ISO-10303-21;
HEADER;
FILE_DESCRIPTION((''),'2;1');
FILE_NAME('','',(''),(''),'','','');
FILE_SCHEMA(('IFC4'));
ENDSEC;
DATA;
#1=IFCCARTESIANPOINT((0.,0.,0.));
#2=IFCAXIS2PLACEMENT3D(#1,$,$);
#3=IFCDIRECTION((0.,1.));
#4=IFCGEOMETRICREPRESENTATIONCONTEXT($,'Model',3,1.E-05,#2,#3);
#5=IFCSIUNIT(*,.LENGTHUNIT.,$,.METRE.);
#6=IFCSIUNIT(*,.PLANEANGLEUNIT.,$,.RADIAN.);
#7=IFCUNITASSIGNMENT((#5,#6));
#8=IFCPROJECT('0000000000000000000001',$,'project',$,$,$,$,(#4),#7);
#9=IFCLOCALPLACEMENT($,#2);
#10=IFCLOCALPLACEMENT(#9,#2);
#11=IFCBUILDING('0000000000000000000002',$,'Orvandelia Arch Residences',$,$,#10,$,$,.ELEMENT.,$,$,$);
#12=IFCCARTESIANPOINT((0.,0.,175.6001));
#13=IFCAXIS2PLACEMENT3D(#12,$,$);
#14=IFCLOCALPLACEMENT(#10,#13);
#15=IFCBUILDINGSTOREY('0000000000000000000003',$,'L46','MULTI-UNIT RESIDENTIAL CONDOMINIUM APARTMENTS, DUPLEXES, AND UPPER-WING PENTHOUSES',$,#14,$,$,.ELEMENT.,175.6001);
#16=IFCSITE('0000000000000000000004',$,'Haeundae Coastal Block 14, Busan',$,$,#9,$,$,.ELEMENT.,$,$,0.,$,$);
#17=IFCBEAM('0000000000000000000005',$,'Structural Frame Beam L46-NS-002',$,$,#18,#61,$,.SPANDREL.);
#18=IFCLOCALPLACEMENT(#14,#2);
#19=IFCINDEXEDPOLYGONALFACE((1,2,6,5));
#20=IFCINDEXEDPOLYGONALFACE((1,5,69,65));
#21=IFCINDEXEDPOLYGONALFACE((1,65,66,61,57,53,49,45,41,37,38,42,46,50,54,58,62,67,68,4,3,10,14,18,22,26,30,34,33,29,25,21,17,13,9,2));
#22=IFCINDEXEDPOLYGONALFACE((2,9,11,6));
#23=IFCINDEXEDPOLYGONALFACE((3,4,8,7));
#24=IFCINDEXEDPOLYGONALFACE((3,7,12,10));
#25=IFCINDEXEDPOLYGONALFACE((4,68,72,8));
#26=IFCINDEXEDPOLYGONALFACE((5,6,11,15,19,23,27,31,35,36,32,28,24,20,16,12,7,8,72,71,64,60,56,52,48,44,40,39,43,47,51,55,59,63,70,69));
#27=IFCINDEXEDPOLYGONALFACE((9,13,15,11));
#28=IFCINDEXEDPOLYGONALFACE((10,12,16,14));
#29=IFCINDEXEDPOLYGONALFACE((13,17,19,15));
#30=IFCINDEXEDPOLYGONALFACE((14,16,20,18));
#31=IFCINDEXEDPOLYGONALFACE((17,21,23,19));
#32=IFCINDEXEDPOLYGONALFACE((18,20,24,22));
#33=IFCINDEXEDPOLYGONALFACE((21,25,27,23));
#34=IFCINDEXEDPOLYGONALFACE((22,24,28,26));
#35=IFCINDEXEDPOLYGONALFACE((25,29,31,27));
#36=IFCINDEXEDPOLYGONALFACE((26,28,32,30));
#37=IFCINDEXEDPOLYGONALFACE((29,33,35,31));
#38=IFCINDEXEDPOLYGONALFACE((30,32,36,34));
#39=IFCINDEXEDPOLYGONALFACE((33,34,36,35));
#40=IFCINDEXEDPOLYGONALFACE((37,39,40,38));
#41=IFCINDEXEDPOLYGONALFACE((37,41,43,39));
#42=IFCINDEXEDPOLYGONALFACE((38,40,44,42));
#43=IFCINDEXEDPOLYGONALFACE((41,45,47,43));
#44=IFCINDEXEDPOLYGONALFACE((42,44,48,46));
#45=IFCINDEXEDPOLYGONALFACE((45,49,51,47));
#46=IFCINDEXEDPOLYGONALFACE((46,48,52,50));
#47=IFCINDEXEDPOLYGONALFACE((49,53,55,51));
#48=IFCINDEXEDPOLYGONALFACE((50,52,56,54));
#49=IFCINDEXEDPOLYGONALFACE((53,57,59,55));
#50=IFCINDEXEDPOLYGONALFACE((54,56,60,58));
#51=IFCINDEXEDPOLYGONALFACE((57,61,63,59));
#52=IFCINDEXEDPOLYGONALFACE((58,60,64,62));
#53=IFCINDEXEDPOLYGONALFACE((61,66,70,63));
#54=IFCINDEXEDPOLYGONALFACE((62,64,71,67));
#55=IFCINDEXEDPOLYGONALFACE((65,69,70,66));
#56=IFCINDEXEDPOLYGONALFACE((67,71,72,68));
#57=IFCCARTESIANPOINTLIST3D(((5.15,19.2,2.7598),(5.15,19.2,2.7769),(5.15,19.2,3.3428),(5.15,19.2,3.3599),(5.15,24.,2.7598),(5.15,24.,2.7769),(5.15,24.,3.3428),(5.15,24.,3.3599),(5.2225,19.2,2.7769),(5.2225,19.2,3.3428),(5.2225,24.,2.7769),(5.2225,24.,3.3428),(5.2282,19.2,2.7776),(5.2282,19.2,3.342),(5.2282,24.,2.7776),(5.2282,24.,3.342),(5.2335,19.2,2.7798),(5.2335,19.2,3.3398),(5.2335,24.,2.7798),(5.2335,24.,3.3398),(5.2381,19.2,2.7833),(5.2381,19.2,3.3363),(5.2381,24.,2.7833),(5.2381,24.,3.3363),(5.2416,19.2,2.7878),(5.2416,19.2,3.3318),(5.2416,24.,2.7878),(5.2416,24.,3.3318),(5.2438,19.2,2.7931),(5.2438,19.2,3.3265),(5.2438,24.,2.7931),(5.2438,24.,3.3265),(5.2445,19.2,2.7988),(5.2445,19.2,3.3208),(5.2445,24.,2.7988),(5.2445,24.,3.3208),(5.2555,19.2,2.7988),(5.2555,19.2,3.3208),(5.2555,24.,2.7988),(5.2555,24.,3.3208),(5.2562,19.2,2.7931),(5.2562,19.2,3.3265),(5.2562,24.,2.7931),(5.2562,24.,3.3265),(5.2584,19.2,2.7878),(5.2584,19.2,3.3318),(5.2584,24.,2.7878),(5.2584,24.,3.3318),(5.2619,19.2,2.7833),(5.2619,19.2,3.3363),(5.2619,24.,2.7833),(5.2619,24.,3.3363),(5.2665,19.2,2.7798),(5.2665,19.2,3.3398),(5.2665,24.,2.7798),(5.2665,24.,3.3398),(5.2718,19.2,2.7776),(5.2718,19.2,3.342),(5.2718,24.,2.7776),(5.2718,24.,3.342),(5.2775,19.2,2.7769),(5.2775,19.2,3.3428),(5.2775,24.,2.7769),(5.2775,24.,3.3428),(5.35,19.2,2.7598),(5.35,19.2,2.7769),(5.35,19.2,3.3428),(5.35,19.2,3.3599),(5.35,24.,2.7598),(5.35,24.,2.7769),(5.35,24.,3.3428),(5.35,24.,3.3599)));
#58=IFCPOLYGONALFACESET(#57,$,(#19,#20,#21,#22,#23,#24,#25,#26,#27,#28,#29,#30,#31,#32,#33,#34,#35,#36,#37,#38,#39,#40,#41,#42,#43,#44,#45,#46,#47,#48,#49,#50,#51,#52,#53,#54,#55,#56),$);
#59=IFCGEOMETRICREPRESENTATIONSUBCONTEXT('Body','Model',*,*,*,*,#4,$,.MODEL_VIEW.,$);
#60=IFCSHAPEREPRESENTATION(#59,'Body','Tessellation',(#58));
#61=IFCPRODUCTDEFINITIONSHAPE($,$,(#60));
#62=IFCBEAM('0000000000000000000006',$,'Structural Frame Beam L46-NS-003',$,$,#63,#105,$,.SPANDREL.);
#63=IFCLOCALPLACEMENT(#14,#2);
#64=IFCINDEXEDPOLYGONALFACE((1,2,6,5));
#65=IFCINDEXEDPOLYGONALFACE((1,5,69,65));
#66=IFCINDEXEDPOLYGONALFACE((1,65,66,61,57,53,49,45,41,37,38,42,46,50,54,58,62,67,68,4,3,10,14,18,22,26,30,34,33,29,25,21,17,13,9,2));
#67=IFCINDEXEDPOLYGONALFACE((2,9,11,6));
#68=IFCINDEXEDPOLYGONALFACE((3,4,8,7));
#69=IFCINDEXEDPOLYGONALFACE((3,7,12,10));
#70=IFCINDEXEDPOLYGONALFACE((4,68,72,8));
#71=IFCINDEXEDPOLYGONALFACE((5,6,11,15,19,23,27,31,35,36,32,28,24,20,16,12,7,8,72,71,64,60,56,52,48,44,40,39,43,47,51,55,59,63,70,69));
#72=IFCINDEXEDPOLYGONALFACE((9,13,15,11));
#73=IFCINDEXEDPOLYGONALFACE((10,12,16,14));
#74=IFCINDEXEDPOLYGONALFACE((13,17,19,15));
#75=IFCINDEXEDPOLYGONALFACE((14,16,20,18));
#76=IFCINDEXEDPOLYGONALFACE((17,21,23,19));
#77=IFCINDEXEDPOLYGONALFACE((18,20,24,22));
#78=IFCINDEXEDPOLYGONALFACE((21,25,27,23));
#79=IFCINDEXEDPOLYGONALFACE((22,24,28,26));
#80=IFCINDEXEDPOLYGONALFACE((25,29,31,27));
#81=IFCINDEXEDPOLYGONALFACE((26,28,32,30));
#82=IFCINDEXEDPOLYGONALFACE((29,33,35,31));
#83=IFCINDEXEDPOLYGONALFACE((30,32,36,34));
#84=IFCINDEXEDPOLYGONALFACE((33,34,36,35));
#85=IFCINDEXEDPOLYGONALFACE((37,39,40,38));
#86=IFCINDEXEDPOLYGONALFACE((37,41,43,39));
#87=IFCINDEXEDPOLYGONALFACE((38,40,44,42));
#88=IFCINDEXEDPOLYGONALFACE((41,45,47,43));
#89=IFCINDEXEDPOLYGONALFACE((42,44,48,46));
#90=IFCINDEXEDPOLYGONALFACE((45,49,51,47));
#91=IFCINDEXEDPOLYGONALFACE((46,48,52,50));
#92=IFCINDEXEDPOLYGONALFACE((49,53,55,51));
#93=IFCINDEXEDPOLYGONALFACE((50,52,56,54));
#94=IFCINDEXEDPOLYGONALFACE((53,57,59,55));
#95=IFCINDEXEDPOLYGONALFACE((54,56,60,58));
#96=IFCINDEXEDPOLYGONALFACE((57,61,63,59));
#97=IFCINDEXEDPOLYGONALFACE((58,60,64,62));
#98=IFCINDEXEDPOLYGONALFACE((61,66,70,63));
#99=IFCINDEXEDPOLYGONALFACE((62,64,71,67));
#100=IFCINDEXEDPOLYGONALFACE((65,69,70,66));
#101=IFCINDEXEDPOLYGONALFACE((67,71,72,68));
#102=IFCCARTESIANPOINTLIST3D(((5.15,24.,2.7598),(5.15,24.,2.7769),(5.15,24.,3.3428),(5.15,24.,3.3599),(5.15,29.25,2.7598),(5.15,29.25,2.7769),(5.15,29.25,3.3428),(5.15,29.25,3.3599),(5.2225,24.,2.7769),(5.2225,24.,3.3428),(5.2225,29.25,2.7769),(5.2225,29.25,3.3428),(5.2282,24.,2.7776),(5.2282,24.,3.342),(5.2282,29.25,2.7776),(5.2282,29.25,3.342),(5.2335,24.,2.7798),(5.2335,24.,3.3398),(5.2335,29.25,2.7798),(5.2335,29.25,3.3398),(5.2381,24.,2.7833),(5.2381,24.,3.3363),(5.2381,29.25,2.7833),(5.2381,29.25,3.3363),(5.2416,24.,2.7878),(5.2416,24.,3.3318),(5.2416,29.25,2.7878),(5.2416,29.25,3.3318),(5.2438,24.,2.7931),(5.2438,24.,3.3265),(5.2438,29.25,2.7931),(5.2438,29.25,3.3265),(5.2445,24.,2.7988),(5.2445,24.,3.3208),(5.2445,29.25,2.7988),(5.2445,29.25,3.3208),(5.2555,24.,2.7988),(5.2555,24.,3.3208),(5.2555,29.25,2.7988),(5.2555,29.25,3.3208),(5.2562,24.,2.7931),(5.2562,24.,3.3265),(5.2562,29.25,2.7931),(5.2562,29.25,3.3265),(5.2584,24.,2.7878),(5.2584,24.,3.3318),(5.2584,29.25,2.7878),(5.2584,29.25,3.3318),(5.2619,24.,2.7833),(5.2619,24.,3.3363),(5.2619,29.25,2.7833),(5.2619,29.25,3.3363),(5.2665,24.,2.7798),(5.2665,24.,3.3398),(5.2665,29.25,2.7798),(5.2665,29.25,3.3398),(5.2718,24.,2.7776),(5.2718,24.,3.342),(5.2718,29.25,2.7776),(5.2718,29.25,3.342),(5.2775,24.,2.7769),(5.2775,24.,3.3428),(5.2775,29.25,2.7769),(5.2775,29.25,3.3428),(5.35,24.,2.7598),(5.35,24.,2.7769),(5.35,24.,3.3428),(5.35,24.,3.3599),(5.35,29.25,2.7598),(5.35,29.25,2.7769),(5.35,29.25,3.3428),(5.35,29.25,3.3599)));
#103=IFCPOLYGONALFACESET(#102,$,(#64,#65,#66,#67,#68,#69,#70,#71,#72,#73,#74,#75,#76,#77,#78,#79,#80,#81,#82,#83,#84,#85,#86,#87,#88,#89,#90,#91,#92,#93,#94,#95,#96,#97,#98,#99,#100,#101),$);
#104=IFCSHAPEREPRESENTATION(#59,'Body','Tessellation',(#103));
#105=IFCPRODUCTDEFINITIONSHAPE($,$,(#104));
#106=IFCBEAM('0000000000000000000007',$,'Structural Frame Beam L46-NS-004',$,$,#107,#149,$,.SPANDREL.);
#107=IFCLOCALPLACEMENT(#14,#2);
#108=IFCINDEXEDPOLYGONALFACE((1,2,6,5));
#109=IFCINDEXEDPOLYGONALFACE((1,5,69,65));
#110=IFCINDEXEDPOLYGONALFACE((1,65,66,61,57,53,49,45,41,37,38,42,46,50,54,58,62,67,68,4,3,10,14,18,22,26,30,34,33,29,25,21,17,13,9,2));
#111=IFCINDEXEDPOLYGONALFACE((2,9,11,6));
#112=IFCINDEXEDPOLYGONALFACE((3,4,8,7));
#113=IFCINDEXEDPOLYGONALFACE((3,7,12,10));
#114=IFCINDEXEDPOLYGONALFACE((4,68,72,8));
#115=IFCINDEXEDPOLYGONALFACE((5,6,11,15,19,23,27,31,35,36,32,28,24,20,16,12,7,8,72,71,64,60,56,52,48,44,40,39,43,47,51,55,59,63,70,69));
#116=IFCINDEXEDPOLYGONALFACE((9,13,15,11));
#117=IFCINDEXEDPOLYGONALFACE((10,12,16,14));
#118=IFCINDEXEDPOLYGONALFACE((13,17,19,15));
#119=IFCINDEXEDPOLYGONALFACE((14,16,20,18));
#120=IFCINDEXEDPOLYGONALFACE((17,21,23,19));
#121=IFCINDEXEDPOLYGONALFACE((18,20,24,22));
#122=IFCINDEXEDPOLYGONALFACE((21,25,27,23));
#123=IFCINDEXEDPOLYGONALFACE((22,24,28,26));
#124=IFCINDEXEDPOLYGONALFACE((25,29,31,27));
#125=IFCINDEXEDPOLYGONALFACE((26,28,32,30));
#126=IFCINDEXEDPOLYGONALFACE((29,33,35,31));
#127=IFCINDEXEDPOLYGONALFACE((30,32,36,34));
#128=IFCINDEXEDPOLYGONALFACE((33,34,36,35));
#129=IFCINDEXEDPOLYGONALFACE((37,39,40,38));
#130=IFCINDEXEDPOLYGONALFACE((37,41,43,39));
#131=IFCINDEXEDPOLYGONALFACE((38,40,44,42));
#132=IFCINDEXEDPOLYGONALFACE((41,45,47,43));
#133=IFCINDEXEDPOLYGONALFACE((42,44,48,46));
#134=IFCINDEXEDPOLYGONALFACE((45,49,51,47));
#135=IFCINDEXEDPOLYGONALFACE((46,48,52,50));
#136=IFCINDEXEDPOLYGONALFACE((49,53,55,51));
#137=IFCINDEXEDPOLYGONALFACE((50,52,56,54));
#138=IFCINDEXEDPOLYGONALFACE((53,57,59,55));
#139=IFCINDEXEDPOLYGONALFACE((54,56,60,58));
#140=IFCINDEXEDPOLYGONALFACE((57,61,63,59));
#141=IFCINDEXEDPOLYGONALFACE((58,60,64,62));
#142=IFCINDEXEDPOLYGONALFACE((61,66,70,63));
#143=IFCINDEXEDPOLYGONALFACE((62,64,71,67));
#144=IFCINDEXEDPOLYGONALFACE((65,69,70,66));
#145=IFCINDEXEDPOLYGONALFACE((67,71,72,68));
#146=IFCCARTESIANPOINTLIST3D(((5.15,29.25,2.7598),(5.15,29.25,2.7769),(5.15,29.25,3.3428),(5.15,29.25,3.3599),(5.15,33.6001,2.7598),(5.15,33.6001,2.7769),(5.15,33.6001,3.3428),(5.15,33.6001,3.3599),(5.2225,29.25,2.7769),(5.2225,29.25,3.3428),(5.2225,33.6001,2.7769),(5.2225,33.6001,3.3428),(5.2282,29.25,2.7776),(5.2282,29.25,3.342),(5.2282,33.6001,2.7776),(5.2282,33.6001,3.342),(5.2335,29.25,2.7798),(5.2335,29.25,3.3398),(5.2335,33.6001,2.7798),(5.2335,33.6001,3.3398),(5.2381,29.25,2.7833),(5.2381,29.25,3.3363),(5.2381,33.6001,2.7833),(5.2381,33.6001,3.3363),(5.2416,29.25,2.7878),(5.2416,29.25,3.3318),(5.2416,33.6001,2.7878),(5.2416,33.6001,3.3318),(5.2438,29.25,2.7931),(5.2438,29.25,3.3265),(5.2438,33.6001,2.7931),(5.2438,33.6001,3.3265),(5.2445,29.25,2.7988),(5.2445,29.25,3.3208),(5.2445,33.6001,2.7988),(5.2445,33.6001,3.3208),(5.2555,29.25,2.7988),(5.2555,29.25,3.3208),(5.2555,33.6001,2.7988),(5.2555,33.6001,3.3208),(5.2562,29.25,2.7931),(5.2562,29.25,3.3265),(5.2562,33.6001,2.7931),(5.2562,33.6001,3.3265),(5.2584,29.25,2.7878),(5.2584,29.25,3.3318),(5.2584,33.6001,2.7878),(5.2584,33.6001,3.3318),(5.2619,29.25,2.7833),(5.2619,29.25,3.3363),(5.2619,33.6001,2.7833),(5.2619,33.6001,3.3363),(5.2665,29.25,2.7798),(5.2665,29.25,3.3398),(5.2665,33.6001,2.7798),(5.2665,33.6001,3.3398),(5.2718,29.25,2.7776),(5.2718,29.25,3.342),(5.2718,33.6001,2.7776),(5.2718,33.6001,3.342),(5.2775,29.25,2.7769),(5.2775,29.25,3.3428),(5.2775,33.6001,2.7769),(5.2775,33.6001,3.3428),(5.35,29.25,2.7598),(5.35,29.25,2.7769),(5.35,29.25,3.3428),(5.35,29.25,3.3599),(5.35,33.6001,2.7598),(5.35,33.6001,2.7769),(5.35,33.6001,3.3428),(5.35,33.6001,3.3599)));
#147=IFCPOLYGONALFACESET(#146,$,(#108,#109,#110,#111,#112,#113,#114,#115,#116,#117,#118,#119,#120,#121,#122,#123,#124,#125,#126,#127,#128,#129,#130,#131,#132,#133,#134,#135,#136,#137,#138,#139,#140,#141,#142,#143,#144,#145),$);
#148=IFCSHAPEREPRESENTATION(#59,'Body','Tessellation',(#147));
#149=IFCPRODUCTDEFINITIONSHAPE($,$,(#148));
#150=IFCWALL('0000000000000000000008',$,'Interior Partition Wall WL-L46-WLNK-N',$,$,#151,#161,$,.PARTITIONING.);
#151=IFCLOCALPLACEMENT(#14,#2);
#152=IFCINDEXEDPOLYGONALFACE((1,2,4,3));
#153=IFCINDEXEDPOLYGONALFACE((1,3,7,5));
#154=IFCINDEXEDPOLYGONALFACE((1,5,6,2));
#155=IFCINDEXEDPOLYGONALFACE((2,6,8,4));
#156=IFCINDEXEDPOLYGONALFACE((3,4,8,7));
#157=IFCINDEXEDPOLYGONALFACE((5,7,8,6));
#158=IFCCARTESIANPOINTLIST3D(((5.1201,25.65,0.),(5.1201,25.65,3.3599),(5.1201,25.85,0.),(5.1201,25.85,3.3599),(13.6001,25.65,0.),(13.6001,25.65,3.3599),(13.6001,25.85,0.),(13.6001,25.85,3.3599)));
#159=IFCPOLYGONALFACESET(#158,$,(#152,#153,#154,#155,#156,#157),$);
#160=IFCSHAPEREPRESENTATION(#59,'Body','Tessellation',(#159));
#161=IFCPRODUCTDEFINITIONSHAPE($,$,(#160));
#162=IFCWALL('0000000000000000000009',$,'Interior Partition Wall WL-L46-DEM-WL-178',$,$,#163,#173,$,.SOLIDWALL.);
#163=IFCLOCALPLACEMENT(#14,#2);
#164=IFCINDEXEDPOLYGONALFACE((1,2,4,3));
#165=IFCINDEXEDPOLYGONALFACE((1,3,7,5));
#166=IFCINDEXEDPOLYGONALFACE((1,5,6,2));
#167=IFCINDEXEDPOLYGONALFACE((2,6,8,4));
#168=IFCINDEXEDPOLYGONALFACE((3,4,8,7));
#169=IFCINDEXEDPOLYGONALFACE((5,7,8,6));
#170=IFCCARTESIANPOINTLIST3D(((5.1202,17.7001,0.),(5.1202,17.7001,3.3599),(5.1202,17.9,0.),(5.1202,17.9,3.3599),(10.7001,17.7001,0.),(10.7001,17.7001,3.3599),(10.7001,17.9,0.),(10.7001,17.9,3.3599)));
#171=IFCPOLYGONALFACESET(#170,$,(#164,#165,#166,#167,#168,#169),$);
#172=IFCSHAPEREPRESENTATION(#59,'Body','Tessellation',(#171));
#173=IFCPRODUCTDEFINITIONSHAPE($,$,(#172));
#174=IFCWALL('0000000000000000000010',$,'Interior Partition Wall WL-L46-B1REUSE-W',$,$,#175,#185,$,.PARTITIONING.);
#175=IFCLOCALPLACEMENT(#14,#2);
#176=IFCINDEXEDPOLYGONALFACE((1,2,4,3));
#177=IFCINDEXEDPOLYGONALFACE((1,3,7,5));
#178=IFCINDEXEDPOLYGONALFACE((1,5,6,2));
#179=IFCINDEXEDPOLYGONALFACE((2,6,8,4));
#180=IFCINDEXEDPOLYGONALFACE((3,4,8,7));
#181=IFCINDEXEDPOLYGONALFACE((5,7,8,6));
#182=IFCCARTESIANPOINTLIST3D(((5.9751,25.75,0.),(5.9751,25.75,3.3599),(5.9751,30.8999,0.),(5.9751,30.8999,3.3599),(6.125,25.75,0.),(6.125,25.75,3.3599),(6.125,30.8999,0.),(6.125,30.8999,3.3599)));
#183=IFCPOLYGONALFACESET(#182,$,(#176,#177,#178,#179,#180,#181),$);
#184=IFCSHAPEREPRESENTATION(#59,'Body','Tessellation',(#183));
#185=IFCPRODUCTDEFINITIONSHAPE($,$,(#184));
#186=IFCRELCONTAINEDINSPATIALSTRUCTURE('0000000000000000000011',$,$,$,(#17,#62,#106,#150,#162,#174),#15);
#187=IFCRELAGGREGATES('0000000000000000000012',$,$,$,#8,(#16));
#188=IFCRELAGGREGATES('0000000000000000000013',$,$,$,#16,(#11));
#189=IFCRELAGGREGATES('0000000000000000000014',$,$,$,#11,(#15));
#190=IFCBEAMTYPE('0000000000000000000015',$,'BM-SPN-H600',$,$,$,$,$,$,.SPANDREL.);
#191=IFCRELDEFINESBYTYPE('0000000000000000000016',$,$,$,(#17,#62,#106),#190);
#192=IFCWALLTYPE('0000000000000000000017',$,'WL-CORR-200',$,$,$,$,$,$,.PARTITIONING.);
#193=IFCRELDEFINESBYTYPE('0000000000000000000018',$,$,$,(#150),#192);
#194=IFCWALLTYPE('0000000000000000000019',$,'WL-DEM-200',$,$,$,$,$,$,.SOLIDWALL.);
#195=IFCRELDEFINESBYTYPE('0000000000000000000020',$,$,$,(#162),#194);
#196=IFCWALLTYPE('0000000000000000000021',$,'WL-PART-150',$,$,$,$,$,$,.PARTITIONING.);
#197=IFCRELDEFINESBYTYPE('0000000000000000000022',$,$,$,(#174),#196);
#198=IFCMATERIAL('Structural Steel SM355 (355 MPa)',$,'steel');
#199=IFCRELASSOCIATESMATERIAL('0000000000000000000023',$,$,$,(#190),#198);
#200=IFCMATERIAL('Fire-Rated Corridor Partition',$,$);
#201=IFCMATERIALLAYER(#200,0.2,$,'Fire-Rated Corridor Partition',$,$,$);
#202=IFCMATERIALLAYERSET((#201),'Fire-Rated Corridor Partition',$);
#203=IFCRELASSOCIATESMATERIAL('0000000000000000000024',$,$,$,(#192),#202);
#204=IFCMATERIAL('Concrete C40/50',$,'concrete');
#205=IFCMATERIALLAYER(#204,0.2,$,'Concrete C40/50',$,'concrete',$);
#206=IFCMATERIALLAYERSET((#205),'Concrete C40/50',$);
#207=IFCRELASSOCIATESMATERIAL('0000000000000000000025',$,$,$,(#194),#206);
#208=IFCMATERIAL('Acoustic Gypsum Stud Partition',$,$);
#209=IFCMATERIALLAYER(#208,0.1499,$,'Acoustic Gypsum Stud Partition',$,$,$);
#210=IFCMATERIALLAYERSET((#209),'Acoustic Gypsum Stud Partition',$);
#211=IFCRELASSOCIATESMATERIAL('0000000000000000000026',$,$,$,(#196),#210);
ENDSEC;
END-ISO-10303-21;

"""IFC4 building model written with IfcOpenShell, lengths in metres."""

from ifc_helpers import new_model, si_unit, direction, frame, frame_2d, origin, origin_2d, place, context, subcontext, project, spatial, rectangle, i_section, extrude, material, layer, layer_set, material_profile, profile_set, type_object, element, save


model = new_model("IFC4")

# Units and contexts
model_context = context("Model", 3, precision=1e-05, world=origin(), true_north=direction((0.0, 1.0)))
body_context = subcontext(model_context, "Body", "Model", "MODEL_VIEW")
ifc_project = project(units=[si_unit("LENGTHUNIT", "METRE"), si_unit("PLANEANGLEUNIT", "RADIAN")], contexts=[model_context])

# Site, building, storey
site_placement = place(None, origin())
site = spatial("IfcSite", under=ifc_project, at=site_placement, Name="Haeundae Coastal Block 14, Busan", CompositionType="ELEMENT", RefElevation=0.0)
building_placement = place(site_placement, origin())
building = spatial("IfcBuilding", under=site, at=building_placement, Name="Orvandelia Arch Residences", CompositionType="ELEMENT")
storey_placement = place(building_placement, frame((0.0, 0.0, 175.6001)))
storey = spatial("IfcBuildingStorey", under=building, at=storey_placement, Name="L46", Description="MULTI-UNIT RESIDENTIAL CONDOMINIUM APARTMENTS, DUPLEXES, AND UPPER-WING PENTHOUSES", CompositionType="ELEMENT", Elevation=175.6001)

# Beams
ifc_material_1 = material(Name="Structural Steel SM355 (355 MPa)", Category="steel")
ifc_material_profile_1 = material_profile(ifc_material_1, i_section(OverallWidth=0.2, OverallDepth=0.6001, WebThickness=0.011, FlangeThickness=0.0171, FilletRadius=0.022, at=origin_2d()), Name="Structural Steel SM355 (355 MPa)", Category="steel")
ifc_profile_set_1 = profile_set([ifc_material_profile_1], Name="Structural Steel SM355 (355 MPa)")
beam_type_1 = type_object("IfcBeamType", Name="BM-SPN-H600", PredefinedType="SPANDREL", material=ifc_profile_set_1)
beam_1_placement = place(storey_placement, frame((5.25, 19.2, 3.0598), z_axis=(0.0, 1.0, 0.0), x_axis=(-1.0, 0.0, 0.0)))
element("IfcBeam", 1, at=beam_1_placement, inside=storey, type_object=beam_type_1, Name="Structural Frame Beam L46-NS-002", PredefinedType="SPANDREL", context=body_context, shape_type="SweptSolid", body=[
    extrude(i_section(OverallWidth=0.2, OverallDepth=0.6001, WebThickness=0.011, FlangeThickness=0.0171, FilletRadius=0.022, at=origin_2d()), origin(), (0.0, 0.0, 1.0), 4.8),
])
beam_2_placement = place(storey_placement, frame((5.25, 24.0, 3.0598), z_axis=(0.0, 1.0, 0.0), x_axis=(-1.0, 0.0, 0.0)))
element("IfcBeam", 2, at=beam_2_placement, inside=storey, type_object=beam_type_1, Name="Structural Frame Beam L46-NS-003", PredefinedType="SPANDREL", context=body_context, shape_type="SweptSolid", body=[
    extrude(i_section(OverallWidth=0.2, OverallDepth=0.6001, WebThickness=0.011, FlangeThickness=0.0171, FilletRadius=0.022, at=origin_2d()), origin(), (0.0, 0.0, 1.0), 5.25),
])
beam_3_placement = place(storey_placement, frame((5.25, 29.25, 3.0598), z_axis=(0.0, 1.0, 0.0), x_axis=(-1.0, 0.0, 0.0)))
element("IfcBeam", 3, at=beam_3_placement, inside=storey, type_object=beam_type_1, Name="Structural Frame Beam L46-NS-004", PredefinedType="SPANDREL", context=body_context, shape_type="SweptSolid", body=[
    extrude(i_section(OverallWidth=0.2, OverallDepth=0.6001, WebThickness=0.011, FlangeThickness=0.0171, FilletRadius=0.022, at=origin_2d()), origin(), (0.0, 0.0, 1.0), 4.3501),
])

# Walls
ifc_material_2 = material(Name="Fire-Rated Corridor Partition")
ifc_layer_1 = layer(ifc_material_2, 0.2, Name="Fire-Rated Corridor Partition")
ifc_layer_set_1 = layer_set([ifc_layer_1], Name="Fire-Rated Corridor Partition")
wall_type_1 = type_object("IfcWallType", Name="WL-CORR-200", PredefinedType="PARTITIONING", material=ifc_layer_set_1)
wall_1_placement = place(storey_placement, frame((5.1201, 25.75, 0.0), z_axis=(0.0, 0.0, 1.0), x_axis=(1.0, 0.0, 0.0)))
element("IfcWall", 4, at=wall_1_placement, inside=storey, type_object=wall_type_1, Name="Interior Partition Wall WL-L46-WLNK-N", PredefinedType="PARTITIONING", context=body_context, shape_type="SweptSolid", body=[
    extrude(rectangle(XDim=8.48, YDim=0.2, at=frame_2d((4.24, 0.0))), origin(), (0.0, 0.0, 1.0), 3.3599),
])
ifc_material_3 = material(Name="Concrete C40/50", Category="concrete")
ifc_layer_2 = layer(ifc_material_3, 0.2, Name="Concrete C40/50", Category="concrete")
ifc_layer_set_2 = layer_set([ifc_layer_2], Name="Concrete C40/50")
wall_type_2 = type_object("IfcWallType", Name="WL-DEM-200", PredefinedType="SOLIDWALL", material=ifc_layer_set_2)
wall_2_placement = place(storey_placement, frame((5.1201, 17.8, 0.0), z_axis=(0.0, 0.0, 1.0), x_axis=(1.0, 0.0, 0.0)))
element("IfcWall", 5, at=wall_2_placement, inside=storey, type_object=wall_type_2, Name="Interior Partition Wall WL-L46-DEM-WL-178", PredefinedType="SOLIDWALL", context=body_context, shape_type="SweptSolid", body=[
    extrude(rectangle(XDim=5.5798, YDim=0.2, at=frame_2d((2.79, 0.0))), origin(), (0.0, 0.0, 1.0), 3.3599),
])
ifc_material_4 = material(Name="Acoustic Gypsum Stud Partition")
ifc_layer_3 = layer(ifc_material_4, 0.1499, Name="Acoustic Gypsum Stud Partition")
ifc_layer_set_3 = layer_set([ifc_layer_3], Name="Acoustic Gypsum Stud Partition")
wall_type_3 = type_object("IfcWallType", Name="WL-PART-150", PredefinedType="PARTITIONING", material=ifc_layer_set_3)
wall_3_placement = place(storey_placement, frame((6.05, 25.75, 0.0), z_axis=(0.0, 0.0, 1.0), x_axis=(0.0, 1.0, 0.0)))
element("IfcWall", 6, at=wall_3_placement, inside=storey, type_object=wall_type_3, Name="Interior Partition Wall WL-L46-B1REUSE-W", PredefinedType="PARTITIONING", context=body_context, shape_type="SweptSolid", body=[
    extrude(rectangle(XDim=5.1499, YDim=0.1499, at=frame_2d((2.575, 0.0))), origin(), (0.0, 0.0, 1.0), 3.3599),
])

save(model, "model.ifc")
